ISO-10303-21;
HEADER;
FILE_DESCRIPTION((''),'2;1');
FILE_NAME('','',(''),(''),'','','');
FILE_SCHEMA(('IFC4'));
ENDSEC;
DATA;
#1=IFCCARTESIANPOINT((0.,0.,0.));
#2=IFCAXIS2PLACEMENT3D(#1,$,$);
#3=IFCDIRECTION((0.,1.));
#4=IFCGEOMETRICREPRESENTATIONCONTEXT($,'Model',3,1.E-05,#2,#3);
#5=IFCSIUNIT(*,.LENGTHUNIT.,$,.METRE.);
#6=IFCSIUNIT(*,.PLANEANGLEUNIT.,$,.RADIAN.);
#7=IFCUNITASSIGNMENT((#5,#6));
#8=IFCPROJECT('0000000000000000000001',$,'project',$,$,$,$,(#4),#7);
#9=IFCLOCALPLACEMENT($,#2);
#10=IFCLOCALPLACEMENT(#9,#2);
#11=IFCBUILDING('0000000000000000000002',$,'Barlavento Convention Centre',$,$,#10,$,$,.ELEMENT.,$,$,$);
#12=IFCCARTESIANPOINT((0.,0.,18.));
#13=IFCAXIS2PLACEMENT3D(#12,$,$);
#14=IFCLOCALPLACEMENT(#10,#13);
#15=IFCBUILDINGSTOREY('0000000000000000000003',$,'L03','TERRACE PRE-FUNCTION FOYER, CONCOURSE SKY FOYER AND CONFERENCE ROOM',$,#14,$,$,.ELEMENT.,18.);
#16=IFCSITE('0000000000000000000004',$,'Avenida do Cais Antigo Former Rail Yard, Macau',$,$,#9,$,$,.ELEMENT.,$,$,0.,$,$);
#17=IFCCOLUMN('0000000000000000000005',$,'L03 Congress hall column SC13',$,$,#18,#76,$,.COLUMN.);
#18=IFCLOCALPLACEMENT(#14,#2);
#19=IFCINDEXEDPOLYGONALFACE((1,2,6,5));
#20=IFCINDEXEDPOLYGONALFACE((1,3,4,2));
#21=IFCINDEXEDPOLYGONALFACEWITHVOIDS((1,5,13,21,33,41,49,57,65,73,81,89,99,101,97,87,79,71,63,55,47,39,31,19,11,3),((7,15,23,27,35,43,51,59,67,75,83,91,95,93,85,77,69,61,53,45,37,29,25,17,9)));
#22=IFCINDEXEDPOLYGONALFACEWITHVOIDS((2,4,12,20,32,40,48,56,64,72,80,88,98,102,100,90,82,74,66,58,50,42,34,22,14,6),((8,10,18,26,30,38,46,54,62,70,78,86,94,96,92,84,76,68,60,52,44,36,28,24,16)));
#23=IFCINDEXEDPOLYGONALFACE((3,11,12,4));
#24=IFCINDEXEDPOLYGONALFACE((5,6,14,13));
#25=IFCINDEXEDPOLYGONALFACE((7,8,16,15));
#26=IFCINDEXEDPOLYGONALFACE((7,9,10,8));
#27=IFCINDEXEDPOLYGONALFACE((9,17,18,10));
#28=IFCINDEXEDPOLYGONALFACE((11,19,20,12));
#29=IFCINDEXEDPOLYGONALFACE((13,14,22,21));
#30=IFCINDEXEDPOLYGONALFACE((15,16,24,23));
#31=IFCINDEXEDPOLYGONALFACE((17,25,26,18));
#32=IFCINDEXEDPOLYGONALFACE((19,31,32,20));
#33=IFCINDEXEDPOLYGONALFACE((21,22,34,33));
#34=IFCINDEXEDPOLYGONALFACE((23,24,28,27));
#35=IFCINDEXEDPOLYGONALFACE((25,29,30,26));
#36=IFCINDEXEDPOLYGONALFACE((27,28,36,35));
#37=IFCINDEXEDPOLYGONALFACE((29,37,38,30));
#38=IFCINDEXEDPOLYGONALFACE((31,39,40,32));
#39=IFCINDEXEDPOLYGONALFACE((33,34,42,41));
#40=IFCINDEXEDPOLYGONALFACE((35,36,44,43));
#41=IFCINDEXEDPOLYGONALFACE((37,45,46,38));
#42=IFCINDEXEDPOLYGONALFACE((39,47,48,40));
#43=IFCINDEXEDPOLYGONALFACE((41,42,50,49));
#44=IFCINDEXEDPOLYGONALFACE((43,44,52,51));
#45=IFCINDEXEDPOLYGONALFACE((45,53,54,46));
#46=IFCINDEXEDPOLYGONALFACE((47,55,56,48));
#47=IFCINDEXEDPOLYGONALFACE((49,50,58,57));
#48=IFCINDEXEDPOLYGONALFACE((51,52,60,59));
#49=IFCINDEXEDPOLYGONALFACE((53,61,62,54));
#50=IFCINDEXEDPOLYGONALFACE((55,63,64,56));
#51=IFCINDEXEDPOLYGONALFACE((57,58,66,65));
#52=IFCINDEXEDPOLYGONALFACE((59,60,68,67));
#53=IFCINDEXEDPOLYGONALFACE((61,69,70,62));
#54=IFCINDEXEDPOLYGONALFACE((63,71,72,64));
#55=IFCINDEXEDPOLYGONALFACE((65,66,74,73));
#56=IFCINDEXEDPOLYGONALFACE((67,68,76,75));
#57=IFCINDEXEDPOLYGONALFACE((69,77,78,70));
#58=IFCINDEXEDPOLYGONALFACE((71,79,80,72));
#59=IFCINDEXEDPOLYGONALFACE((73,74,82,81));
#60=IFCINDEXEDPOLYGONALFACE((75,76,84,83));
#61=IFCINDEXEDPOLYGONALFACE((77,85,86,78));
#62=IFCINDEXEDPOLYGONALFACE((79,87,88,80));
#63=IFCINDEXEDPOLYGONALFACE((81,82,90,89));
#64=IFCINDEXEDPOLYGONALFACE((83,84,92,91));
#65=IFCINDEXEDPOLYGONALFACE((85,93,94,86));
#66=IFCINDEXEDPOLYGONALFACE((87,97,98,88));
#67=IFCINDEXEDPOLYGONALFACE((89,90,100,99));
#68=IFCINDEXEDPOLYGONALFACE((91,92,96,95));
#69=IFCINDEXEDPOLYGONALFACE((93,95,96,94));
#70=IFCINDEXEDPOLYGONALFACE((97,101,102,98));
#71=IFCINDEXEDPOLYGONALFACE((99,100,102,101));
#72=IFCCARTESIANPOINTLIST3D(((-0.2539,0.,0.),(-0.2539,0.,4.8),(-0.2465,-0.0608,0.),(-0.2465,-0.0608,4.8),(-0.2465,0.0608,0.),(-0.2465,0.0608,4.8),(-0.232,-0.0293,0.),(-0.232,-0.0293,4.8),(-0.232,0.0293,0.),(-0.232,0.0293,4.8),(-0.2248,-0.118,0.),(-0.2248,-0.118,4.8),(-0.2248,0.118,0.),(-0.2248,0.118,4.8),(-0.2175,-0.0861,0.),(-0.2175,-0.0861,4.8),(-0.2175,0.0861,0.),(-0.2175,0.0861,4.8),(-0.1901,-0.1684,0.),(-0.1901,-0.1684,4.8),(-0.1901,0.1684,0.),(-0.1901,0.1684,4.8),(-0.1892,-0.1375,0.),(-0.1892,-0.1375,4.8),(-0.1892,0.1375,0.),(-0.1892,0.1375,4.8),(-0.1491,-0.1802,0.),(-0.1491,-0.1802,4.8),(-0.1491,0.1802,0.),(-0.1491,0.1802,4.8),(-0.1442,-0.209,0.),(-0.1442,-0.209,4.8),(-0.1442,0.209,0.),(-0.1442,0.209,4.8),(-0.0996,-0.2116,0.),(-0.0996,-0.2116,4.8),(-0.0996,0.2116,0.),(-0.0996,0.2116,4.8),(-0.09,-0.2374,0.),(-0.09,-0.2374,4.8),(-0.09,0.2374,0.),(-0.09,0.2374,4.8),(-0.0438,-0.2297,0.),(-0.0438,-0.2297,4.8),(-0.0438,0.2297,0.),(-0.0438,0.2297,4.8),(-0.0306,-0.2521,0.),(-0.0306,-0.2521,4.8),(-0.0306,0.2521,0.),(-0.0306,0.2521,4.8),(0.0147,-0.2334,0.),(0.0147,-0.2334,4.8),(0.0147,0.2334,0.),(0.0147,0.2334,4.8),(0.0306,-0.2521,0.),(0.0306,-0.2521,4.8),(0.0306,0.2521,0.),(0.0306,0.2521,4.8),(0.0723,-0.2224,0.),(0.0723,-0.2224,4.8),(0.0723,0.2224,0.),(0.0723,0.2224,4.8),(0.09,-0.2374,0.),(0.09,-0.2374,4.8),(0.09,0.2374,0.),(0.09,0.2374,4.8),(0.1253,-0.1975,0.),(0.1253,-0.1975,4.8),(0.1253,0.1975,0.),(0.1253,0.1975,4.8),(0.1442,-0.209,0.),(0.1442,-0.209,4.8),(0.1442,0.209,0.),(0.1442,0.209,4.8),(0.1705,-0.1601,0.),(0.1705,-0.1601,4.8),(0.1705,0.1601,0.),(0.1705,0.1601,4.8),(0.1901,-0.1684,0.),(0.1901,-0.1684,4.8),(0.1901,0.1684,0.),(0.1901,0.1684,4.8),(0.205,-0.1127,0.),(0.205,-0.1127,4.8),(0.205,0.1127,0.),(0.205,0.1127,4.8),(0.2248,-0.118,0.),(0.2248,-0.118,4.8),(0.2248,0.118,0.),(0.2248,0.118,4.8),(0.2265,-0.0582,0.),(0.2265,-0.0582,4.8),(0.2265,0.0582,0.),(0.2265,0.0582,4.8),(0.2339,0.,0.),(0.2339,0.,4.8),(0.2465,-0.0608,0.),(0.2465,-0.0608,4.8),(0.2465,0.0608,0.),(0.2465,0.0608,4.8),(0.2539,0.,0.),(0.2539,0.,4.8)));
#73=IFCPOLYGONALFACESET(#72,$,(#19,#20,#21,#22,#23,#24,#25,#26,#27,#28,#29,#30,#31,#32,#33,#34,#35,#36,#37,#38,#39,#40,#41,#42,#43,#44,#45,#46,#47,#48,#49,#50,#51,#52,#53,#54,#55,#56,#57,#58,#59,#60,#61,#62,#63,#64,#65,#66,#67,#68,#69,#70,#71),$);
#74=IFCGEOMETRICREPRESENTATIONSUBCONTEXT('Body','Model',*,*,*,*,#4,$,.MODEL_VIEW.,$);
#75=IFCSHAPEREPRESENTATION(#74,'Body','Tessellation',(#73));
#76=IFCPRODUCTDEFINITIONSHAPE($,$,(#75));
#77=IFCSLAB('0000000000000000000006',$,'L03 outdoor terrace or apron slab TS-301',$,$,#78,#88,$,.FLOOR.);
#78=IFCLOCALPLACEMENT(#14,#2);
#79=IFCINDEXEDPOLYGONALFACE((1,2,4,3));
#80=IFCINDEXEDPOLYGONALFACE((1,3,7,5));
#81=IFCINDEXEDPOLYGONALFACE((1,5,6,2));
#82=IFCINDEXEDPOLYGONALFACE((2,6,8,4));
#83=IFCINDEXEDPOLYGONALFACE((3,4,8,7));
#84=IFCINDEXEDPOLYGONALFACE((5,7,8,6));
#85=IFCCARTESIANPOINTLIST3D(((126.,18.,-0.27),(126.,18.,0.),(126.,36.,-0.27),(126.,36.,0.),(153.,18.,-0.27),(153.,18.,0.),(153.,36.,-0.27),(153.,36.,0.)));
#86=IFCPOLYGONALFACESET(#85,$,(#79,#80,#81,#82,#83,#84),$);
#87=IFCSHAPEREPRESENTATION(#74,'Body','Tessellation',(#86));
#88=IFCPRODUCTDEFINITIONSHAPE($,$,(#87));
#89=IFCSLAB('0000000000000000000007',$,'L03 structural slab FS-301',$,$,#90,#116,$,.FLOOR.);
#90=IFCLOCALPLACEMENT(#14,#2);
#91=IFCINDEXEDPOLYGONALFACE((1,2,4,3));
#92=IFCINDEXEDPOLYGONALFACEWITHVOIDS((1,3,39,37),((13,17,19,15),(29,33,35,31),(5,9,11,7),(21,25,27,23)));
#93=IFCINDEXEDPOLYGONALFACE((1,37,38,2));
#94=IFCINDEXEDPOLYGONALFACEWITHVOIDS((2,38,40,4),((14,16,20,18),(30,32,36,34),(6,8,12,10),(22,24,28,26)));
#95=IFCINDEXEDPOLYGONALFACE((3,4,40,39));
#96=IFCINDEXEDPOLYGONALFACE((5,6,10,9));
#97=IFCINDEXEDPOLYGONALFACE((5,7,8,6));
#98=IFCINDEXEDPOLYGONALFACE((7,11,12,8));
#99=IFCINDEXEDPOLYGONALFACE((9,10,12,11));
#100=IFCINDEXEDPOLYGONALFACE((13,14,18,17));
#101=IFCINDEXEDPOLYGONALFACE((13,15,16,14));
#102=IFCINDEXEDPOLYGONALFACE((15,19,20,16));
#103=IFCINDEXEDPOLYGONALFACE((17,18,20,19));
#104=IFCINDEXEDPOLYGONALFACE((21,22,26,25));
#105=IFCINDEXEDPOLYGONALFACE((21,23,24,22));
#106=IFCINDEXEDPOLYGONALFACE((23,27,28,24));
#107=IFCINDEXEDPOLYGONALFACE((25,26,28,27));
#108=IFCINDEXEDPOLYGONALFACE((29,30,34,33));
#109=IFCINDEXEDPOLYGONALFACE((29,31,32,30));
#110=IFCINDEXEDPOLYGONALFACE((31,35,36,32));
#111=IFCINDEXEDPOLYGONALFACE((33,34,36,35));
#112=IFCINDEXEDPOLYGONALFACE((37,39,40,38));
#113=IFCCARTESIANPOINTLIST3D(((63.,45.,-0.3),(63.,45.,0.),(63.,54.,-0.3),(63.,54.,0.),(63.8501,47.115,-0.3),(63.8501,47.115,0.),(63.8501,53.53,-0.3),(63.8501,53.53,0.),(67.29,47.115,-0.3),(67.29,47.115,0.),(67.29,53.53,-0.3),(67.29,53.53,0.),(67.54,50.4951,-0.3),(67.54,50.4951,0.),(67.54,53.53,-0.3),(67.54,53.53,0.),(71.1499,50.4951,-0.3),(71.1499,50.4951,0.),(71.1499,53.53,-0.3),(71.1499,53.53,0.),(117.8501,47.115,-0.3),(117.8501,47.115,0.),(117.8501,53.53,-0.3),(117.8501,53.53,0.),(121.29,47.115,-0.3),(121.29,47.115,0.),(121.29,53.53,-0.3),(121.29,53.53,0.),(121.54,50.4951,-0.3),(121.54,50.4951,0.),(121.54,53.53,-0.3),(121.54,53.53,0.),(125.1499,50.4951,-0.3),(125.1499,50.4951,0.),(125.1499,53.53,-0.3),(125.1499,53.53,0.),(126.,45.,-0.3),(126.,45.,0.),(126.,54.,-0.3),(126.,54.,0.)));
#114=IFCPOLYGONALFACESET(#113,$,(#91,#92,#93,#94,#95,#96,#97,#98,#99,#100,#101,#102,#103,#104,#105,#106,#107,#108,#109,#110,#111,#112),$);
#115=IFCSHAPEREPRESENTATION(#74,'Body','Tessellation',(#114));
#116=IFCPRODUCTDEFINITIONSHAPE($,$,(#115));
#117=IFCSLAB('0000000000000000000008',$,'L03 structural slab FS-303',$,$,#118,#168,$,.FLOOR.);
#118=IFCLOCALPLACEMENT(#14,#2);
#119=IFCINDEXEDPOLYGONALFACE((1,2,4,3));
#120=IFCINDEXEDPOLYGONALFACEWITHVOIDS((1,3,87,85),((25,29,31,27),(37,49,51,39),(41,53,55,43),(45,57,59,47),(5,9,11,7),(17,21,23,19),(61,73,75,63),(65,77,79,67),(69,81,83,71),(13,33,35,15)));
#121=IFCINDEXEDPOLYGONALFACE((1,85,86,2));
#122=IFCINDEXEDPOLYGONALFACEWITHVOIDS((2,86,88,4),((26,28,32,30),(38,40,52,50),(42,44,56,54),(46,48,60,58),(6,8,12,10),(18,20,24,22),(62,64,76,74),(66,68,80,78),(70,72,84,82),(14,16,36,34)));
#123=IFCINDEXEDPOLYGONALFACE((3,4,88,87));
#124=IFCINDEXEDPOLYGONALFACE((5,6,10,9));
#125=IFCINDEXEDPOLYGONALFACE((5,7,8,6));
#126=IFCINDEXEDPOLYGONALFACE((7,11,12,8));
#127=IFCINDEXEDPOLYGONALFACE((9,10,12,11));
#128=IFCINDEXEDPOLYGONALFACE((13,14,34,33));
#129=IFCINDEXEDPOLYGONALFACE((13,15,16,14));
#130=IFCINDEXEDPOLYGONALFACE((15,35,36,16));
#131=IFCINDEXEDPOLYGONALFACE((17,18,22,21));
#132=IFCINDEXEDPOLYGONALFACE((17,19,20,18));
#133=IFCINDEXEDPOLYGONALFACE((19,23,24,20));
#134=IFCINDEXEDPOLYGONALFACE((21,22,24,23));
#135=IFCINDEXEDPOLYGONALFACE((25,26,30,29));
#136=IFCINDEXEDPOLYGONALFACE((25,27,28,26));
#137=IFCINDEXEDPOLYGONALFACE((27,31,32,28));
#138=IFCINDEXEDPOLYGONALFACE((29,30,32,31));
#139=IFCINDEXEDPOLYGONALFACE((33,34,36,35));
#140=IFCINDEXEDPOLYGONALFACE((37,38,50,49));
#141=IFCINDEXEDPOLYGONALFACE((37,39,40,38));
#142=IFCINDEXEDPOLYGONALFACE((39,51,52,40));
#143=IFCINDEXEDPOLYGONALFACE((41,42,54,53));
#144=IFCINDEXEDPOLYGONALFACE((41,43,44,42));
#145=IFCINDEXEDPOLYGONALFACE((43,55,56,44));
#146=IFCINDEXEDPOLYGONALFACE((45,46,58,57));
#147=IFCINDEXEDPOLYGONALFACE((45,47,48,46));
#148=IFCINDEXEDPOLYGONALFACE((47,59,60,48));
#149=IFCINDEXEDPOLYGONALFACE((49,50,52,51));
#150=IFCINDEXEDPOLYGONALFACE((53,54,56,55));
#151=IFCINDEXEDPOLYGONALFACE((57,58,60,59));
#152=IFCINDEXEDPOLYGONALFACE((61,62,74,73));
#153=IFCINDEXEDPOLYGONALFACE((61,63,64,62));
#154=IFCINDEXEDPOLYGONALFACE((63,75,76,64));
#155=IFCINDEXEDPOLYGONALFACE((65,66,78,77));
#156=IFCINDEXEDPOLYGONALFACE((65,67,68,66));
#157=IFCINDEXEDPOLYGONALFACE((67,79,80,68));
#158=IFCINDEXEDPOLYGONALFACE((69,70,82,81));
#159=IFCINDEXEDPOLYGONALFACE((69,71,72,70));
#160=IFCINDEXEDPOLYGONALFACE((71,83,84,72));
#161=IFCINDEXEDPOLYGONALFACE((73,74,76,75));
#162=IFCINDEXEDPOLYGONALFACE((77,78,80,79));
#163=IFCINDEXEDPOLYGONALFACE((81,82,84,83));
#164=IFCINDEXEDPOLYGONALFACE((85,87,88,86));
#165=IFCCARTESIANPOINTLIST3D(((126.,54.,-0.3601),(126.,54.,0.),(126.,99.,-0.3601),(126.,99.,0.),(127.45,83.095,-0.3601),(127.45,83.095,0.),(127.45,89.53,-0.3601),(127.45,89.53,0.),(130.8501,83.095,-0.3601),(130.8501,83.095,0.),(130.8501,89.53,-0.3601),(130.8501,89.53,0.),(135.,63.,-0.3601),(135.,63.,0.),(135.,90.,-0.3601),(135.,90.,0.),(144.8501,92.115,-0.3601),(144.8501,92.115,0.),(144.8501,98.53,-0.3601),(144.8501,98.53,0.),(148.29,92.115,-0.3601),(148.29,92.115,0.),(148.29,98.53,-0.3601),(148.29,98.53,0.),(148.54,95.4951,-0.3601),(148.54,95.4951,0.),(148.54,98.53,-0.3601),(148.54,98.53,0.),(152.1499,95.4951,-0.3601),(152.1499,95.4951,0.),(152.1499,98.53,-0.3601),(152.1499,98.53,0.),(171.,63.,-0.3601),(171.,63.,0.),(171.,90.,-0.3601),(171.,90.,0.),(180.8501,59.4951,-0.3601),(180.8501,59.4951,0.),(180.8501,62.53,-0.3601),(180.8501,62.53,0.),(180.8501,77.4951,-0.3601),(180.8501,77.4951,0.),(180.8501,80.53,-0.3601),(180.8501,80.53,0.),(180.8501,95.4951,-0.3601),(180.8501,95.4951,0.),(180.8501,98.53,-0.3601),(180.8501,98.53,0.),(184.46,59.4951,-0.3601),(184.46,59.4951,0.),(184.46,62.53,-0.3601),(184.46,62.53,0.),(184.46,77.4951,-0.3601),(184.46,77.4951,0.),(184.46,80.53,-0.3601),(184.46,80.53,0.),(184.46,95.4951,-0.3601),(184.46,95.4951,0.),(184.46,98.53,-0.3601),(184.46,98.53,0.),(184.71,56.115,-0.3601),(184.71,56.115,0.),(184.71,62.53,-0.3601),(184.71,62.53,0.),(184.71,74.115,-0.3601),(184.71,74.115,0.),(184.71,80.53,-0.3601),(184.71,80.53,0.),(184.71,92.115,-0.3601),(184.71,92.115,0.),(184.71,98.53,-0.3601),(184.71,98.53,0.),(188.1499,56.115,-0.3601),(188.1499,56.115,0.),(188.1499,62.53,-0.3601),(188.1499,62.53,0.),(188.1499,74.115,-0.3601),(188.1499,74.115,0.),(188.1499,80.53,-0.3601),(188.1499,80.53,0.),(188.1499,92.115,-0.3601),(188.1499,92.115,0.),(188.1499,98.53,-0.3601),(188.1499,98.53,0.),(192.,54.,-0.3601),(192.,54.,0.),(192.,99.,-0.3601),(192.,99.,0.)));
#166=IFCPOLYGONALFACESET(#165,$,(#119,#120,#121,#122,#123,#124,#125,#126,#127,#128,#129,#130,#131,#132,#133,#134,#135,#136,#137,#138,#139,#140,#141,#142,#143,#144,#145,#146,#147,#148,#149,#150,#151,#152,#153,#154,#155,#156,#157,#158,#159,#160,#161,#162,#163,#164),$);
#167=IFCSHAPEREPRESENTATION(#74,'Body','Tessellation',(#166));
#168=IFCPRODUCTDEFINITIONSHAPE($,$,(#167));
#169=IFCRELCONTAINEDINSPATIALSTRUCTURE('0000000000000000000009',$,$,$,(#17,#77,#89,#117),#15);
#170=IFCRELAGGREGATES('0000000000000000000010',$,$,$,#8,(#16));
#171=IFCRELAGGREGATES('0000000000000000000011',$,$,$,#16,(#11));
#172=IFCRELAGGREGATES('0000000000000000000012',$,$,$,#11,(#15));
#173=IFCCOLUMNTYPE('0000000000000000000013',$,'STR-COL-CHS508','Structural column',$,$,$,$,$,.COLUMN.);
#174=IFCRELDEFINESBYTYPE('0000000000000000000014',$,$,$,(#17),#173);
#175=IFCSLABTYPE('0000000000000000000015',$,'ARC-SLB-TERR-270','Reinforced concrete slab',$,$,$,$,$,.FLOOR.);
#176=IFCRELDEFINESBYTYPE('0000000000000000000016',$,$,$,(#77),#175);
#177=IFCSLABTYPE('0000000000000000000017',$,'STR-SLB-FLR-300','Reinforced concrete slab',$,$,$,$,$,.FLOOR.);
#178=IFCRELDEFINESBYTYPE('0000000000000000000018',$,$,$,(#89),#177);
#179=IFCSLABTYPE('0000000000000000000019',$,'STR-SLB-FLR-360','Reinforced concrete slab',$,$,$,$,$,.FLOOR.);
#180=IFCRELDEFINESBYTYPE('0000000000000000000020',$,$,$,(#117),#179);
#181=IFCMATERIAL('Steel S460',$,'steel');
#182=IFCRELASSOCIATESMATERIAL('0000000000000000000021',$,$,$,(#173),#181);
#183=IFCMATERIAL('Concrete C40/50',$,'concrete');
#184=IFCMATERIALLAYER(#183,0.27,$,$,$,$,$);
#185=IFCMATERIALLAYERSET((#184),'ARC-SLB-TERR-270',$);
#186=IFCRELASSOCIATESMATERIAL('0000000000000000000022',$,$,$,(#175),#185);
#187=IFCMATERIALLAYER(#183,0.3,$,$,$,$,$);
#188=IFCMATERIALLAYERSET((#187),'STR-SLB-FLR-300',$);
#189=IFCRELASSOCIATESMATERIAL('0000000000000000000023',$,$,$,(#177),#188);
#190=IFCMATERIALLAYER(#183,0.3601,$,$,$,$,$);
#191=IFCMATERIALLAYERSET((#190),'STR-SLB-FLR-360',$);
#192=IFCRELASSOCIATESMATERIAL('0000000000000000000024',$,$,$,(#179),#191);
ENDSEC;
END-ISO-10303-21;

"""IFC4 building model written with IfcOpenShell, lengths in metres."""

from ifc_helpers import new_model, si_unit, direction, frame, origin, origin_with_axes, origin_2d, place, context, subcontext, project, spatial, polyline, hollow_circle, outline, extrude, material, layer, layer_set, material_profile, profile_set, type_object, element, save


model = new_model("IFC4")

# Units and contexts
model_context = context("Model", 3, precision=1e-05, world=origin(), true_north=direction((0.0, 1.0)))
body_context = subcontext(model_context, "Body", "Model", "MODEL_VIEW")
ifc_project = project(units=[si_unit("LENGTHUNIT", "METRE"), si_unit("PLANEANGLEUNIT", "RADIAN")], contexts=[model_context])

# Site, building, storey
site_placement = place(None, origin())
site = spatial("IfcSite", under=ifc_project, at=site_placement, Name="Avenida do Cais Antigo Former Rail Yard, Macau", CompositionType="ELEMENT", RefElevation=0.0)
building_placement = place(site_placement, origin())
building = spatial("IfcBuilding", under=site, at=building_placement, Name="Barlavento Convention Centre", CompositionType="ELEMENT")
storey_placement = place(building_placement, frame((0.0, 0.0, 18.0)))
storey = spatial("IfcBuildingStorey", under=building, at=storey_placement, Name="L03", Description="TERRACE PRE-FUNCTION FOYER, CONCOURSE SKY FOYER AND CONFERENCE ROOM", CompositionType="ELEMENT", Elevation=18.0)

# Column
ifc_material_1 = material(Name="Steel S460", Category="steel")
ifc_material_profile = material_profile(ifc_material_1, hollow_circle(Radius=0.2539, WallThickness=0.02, at=origin_2d()), Name="CHS 508.0x20.0")
ifc_profile_set = profile_set([ifc_material_profile], Name="Steel S460")
column_type = type_object("IfcColumnType", Name="STR-COL-CHS508", Description="Structural column", PredefinedType="COLUMN", material=ifc_profile_set)
column_placement = place(storey_placement, origin_with_axes())
element("IfcColumn", 1, at=column_placement, inside=storey, type_object=column_type, Name="L03 Congress hall column SC13", PredefinedType="COLUMN", context=body_context, shape_type="SweptSolid", body=[
    extrude(hollow_circle(Radius=0.2539, WallThickness=0.02, at=origin_2d()), origin(), (0.0, 0.0, 1.0), 4.8),
])

# Slabs
ifc_material_2 = material(Name="Concrete C40/50", Category="concrete")
ifc_layer_1 = layer(ifc_material_2, 0.27)
ifc_layer_set_1 = layer_set([ifc_layer_1], Name="ARC-SLB-TERR-270")
slab_type_1 = type_object("IfcSlabType", Name="ARC-SLB-TERR-270", Description="Reinforced concrete slab", PredefinedType="FLOOR", material=ifc_layer_set_1)
slab_1_placement = place(storey_placement, frame((0.0, 0.0, -0.27)))
element("IfcSlab", 2, at=slab_1_placement, inside=storey, type_object=slab_type_1, Name="L03 outdoor terrace or apron slab TS-301", PredefinedType="FLOOR", context=body_context, shape_type="SweptSolid", body=[
    extrude(outline(polyline([(126.0, 18.0), (153.0, 18.0), (153.0, 36.0), (126.0, 36.0), (126.0, 18.0)])), origin(), (0.0, 0.0, 1.0), 0.27),
])
ifc_layer_2 = layer(ifc_material_2, 0.3)
ifc_layer_set_2 = layer_set([ifc_layer_2], Name="STR-SLB-FLR-300")
slab_type_2 = type_object("IfcSlabType", Name="STR-SLB-FLR-300", Description="Reinforced concrete slab", PredefinedType="FLOOR", material=ifc_layer_set_2)
slab_2_placement = place(storey_placement, frame((0.0, 0.0, -0.3)))
element("IfcSlab", 3, at=slab_2_placement, inside=storey, type_object=slab_type_2, Name="L03 structural slab FS-301", PredefinedType="FLOOR", context=body_context, shape_type="SweptSolid", body=[
    extrude(outline(polyline([(63.0, 45.0), (126.0, 45.0), (126.0, 54.0), (63.0, 54.0), (63.0, 45.0)]), holes=[polyline([(67.29, 47.115), (67.29, 53.53), (63.8501, 53.53), (63.8501, 47.115), (67.29, 47.115)]), polyline([(67.54, 50.4951), (71.1499, 50.4951), (71.1499, 53.53), (67.54, 53.53), (67.54, 50.4951)]), polyline([(121.29, 47.115), (121.29, 53.53), (117.8501, 53.53), (117.8501, 47.115), (121.29, 47.115)]), polyline([(121.54, 50.4951), (125.1499, 50.4951), (125.1499, 53.53), (121.54, 53.53), (121.54, 50.4951)])]), origin(), (0.0, 0.0, 1.0), 0.3),
])
ifc_layer_3 = layer(ifc_material_2, 0.3601)
ifc_layer_set_3 = layer_set([ifc_layer_3], Name="STR-SLB-FLR-360")
slab_type_3 = type_object("IfcSlabType", Name="STR-SLB-FLR-360", Description="Reinforced concrete slab", PredefinedType="FLOOR", material=ifc_layer_set_3)
slab_3_placement = place(storey_placement, frame((0.0, 0.0, -0.3601)))
element("IfcSlab", 4, at=slab_3_placement, inside=storey, type_object=slab_type_3, Name="L03 structural slab FS-303", PredefinedType="FLOOR", context=body_context, shape_type="SweptSolid", body=[
    extrude(outline(polyline([(126.0, 54.0), (192.0, 54.0), (192.0, 99.0), (126.0, 99.0), (126.0, 54.0)]), holes=[polyline([(135.0, 63.0), (171.0, 63.0), (171.0, 90.0), (135.0, 90.0), (135.0, 63.0)]), polyline([(188.1499, 56.115), (188.1499, 62.53), (184.71, 62.53), (184.71, 56.115), (188.1499, 56.115)]), polyline([(180.8501, 59.4951), (184.46, 59.4951), (184.46, 62.53), (180.8501, 62.53), (180.8501, 59.4951)]), polyline([(188.1499, 74.115), (188.1499, 80.53), (184.71, 80.53), (184.71, 74.115), (188.1499, 74.115)]), polyline([(180.8501, 77.4951), (184.46, 77.4951), (184.46, 80.53), (180.8501, 80.53), (180.8501, 77.4951)]), polyline([(188.1499, 92.115), (188.1499, 98.53), (184.71, 98.53), (184.71, 92.115), (188.1499, 92.115)]), polyline([(180.8501, 95.4951), (184.46, 95.4951), (184.46, 98.53), (180.8501, 98.53), (180.8501, 95.4951)]), polyline([(148.29, 92.115), (148.29, 98.53), (144.8501, 98.53), (144.8501, 92.115), (148.29, 92.115)]), polyline([(148.54, 95.4951), (152.1499, 95.4951), (152.1499, 98.53), (148.54, 98.53), (148.54, 95.4951)]), polyline([(130.8501, 83.095), (130.8501, 89.53), (127.45, 89.53), (127.45, 83.095), (130.8501, 83.095)])]), origin(), (0.0, 0.0, 1.0), 0.3601),
])

save(model, "model.ifc")
